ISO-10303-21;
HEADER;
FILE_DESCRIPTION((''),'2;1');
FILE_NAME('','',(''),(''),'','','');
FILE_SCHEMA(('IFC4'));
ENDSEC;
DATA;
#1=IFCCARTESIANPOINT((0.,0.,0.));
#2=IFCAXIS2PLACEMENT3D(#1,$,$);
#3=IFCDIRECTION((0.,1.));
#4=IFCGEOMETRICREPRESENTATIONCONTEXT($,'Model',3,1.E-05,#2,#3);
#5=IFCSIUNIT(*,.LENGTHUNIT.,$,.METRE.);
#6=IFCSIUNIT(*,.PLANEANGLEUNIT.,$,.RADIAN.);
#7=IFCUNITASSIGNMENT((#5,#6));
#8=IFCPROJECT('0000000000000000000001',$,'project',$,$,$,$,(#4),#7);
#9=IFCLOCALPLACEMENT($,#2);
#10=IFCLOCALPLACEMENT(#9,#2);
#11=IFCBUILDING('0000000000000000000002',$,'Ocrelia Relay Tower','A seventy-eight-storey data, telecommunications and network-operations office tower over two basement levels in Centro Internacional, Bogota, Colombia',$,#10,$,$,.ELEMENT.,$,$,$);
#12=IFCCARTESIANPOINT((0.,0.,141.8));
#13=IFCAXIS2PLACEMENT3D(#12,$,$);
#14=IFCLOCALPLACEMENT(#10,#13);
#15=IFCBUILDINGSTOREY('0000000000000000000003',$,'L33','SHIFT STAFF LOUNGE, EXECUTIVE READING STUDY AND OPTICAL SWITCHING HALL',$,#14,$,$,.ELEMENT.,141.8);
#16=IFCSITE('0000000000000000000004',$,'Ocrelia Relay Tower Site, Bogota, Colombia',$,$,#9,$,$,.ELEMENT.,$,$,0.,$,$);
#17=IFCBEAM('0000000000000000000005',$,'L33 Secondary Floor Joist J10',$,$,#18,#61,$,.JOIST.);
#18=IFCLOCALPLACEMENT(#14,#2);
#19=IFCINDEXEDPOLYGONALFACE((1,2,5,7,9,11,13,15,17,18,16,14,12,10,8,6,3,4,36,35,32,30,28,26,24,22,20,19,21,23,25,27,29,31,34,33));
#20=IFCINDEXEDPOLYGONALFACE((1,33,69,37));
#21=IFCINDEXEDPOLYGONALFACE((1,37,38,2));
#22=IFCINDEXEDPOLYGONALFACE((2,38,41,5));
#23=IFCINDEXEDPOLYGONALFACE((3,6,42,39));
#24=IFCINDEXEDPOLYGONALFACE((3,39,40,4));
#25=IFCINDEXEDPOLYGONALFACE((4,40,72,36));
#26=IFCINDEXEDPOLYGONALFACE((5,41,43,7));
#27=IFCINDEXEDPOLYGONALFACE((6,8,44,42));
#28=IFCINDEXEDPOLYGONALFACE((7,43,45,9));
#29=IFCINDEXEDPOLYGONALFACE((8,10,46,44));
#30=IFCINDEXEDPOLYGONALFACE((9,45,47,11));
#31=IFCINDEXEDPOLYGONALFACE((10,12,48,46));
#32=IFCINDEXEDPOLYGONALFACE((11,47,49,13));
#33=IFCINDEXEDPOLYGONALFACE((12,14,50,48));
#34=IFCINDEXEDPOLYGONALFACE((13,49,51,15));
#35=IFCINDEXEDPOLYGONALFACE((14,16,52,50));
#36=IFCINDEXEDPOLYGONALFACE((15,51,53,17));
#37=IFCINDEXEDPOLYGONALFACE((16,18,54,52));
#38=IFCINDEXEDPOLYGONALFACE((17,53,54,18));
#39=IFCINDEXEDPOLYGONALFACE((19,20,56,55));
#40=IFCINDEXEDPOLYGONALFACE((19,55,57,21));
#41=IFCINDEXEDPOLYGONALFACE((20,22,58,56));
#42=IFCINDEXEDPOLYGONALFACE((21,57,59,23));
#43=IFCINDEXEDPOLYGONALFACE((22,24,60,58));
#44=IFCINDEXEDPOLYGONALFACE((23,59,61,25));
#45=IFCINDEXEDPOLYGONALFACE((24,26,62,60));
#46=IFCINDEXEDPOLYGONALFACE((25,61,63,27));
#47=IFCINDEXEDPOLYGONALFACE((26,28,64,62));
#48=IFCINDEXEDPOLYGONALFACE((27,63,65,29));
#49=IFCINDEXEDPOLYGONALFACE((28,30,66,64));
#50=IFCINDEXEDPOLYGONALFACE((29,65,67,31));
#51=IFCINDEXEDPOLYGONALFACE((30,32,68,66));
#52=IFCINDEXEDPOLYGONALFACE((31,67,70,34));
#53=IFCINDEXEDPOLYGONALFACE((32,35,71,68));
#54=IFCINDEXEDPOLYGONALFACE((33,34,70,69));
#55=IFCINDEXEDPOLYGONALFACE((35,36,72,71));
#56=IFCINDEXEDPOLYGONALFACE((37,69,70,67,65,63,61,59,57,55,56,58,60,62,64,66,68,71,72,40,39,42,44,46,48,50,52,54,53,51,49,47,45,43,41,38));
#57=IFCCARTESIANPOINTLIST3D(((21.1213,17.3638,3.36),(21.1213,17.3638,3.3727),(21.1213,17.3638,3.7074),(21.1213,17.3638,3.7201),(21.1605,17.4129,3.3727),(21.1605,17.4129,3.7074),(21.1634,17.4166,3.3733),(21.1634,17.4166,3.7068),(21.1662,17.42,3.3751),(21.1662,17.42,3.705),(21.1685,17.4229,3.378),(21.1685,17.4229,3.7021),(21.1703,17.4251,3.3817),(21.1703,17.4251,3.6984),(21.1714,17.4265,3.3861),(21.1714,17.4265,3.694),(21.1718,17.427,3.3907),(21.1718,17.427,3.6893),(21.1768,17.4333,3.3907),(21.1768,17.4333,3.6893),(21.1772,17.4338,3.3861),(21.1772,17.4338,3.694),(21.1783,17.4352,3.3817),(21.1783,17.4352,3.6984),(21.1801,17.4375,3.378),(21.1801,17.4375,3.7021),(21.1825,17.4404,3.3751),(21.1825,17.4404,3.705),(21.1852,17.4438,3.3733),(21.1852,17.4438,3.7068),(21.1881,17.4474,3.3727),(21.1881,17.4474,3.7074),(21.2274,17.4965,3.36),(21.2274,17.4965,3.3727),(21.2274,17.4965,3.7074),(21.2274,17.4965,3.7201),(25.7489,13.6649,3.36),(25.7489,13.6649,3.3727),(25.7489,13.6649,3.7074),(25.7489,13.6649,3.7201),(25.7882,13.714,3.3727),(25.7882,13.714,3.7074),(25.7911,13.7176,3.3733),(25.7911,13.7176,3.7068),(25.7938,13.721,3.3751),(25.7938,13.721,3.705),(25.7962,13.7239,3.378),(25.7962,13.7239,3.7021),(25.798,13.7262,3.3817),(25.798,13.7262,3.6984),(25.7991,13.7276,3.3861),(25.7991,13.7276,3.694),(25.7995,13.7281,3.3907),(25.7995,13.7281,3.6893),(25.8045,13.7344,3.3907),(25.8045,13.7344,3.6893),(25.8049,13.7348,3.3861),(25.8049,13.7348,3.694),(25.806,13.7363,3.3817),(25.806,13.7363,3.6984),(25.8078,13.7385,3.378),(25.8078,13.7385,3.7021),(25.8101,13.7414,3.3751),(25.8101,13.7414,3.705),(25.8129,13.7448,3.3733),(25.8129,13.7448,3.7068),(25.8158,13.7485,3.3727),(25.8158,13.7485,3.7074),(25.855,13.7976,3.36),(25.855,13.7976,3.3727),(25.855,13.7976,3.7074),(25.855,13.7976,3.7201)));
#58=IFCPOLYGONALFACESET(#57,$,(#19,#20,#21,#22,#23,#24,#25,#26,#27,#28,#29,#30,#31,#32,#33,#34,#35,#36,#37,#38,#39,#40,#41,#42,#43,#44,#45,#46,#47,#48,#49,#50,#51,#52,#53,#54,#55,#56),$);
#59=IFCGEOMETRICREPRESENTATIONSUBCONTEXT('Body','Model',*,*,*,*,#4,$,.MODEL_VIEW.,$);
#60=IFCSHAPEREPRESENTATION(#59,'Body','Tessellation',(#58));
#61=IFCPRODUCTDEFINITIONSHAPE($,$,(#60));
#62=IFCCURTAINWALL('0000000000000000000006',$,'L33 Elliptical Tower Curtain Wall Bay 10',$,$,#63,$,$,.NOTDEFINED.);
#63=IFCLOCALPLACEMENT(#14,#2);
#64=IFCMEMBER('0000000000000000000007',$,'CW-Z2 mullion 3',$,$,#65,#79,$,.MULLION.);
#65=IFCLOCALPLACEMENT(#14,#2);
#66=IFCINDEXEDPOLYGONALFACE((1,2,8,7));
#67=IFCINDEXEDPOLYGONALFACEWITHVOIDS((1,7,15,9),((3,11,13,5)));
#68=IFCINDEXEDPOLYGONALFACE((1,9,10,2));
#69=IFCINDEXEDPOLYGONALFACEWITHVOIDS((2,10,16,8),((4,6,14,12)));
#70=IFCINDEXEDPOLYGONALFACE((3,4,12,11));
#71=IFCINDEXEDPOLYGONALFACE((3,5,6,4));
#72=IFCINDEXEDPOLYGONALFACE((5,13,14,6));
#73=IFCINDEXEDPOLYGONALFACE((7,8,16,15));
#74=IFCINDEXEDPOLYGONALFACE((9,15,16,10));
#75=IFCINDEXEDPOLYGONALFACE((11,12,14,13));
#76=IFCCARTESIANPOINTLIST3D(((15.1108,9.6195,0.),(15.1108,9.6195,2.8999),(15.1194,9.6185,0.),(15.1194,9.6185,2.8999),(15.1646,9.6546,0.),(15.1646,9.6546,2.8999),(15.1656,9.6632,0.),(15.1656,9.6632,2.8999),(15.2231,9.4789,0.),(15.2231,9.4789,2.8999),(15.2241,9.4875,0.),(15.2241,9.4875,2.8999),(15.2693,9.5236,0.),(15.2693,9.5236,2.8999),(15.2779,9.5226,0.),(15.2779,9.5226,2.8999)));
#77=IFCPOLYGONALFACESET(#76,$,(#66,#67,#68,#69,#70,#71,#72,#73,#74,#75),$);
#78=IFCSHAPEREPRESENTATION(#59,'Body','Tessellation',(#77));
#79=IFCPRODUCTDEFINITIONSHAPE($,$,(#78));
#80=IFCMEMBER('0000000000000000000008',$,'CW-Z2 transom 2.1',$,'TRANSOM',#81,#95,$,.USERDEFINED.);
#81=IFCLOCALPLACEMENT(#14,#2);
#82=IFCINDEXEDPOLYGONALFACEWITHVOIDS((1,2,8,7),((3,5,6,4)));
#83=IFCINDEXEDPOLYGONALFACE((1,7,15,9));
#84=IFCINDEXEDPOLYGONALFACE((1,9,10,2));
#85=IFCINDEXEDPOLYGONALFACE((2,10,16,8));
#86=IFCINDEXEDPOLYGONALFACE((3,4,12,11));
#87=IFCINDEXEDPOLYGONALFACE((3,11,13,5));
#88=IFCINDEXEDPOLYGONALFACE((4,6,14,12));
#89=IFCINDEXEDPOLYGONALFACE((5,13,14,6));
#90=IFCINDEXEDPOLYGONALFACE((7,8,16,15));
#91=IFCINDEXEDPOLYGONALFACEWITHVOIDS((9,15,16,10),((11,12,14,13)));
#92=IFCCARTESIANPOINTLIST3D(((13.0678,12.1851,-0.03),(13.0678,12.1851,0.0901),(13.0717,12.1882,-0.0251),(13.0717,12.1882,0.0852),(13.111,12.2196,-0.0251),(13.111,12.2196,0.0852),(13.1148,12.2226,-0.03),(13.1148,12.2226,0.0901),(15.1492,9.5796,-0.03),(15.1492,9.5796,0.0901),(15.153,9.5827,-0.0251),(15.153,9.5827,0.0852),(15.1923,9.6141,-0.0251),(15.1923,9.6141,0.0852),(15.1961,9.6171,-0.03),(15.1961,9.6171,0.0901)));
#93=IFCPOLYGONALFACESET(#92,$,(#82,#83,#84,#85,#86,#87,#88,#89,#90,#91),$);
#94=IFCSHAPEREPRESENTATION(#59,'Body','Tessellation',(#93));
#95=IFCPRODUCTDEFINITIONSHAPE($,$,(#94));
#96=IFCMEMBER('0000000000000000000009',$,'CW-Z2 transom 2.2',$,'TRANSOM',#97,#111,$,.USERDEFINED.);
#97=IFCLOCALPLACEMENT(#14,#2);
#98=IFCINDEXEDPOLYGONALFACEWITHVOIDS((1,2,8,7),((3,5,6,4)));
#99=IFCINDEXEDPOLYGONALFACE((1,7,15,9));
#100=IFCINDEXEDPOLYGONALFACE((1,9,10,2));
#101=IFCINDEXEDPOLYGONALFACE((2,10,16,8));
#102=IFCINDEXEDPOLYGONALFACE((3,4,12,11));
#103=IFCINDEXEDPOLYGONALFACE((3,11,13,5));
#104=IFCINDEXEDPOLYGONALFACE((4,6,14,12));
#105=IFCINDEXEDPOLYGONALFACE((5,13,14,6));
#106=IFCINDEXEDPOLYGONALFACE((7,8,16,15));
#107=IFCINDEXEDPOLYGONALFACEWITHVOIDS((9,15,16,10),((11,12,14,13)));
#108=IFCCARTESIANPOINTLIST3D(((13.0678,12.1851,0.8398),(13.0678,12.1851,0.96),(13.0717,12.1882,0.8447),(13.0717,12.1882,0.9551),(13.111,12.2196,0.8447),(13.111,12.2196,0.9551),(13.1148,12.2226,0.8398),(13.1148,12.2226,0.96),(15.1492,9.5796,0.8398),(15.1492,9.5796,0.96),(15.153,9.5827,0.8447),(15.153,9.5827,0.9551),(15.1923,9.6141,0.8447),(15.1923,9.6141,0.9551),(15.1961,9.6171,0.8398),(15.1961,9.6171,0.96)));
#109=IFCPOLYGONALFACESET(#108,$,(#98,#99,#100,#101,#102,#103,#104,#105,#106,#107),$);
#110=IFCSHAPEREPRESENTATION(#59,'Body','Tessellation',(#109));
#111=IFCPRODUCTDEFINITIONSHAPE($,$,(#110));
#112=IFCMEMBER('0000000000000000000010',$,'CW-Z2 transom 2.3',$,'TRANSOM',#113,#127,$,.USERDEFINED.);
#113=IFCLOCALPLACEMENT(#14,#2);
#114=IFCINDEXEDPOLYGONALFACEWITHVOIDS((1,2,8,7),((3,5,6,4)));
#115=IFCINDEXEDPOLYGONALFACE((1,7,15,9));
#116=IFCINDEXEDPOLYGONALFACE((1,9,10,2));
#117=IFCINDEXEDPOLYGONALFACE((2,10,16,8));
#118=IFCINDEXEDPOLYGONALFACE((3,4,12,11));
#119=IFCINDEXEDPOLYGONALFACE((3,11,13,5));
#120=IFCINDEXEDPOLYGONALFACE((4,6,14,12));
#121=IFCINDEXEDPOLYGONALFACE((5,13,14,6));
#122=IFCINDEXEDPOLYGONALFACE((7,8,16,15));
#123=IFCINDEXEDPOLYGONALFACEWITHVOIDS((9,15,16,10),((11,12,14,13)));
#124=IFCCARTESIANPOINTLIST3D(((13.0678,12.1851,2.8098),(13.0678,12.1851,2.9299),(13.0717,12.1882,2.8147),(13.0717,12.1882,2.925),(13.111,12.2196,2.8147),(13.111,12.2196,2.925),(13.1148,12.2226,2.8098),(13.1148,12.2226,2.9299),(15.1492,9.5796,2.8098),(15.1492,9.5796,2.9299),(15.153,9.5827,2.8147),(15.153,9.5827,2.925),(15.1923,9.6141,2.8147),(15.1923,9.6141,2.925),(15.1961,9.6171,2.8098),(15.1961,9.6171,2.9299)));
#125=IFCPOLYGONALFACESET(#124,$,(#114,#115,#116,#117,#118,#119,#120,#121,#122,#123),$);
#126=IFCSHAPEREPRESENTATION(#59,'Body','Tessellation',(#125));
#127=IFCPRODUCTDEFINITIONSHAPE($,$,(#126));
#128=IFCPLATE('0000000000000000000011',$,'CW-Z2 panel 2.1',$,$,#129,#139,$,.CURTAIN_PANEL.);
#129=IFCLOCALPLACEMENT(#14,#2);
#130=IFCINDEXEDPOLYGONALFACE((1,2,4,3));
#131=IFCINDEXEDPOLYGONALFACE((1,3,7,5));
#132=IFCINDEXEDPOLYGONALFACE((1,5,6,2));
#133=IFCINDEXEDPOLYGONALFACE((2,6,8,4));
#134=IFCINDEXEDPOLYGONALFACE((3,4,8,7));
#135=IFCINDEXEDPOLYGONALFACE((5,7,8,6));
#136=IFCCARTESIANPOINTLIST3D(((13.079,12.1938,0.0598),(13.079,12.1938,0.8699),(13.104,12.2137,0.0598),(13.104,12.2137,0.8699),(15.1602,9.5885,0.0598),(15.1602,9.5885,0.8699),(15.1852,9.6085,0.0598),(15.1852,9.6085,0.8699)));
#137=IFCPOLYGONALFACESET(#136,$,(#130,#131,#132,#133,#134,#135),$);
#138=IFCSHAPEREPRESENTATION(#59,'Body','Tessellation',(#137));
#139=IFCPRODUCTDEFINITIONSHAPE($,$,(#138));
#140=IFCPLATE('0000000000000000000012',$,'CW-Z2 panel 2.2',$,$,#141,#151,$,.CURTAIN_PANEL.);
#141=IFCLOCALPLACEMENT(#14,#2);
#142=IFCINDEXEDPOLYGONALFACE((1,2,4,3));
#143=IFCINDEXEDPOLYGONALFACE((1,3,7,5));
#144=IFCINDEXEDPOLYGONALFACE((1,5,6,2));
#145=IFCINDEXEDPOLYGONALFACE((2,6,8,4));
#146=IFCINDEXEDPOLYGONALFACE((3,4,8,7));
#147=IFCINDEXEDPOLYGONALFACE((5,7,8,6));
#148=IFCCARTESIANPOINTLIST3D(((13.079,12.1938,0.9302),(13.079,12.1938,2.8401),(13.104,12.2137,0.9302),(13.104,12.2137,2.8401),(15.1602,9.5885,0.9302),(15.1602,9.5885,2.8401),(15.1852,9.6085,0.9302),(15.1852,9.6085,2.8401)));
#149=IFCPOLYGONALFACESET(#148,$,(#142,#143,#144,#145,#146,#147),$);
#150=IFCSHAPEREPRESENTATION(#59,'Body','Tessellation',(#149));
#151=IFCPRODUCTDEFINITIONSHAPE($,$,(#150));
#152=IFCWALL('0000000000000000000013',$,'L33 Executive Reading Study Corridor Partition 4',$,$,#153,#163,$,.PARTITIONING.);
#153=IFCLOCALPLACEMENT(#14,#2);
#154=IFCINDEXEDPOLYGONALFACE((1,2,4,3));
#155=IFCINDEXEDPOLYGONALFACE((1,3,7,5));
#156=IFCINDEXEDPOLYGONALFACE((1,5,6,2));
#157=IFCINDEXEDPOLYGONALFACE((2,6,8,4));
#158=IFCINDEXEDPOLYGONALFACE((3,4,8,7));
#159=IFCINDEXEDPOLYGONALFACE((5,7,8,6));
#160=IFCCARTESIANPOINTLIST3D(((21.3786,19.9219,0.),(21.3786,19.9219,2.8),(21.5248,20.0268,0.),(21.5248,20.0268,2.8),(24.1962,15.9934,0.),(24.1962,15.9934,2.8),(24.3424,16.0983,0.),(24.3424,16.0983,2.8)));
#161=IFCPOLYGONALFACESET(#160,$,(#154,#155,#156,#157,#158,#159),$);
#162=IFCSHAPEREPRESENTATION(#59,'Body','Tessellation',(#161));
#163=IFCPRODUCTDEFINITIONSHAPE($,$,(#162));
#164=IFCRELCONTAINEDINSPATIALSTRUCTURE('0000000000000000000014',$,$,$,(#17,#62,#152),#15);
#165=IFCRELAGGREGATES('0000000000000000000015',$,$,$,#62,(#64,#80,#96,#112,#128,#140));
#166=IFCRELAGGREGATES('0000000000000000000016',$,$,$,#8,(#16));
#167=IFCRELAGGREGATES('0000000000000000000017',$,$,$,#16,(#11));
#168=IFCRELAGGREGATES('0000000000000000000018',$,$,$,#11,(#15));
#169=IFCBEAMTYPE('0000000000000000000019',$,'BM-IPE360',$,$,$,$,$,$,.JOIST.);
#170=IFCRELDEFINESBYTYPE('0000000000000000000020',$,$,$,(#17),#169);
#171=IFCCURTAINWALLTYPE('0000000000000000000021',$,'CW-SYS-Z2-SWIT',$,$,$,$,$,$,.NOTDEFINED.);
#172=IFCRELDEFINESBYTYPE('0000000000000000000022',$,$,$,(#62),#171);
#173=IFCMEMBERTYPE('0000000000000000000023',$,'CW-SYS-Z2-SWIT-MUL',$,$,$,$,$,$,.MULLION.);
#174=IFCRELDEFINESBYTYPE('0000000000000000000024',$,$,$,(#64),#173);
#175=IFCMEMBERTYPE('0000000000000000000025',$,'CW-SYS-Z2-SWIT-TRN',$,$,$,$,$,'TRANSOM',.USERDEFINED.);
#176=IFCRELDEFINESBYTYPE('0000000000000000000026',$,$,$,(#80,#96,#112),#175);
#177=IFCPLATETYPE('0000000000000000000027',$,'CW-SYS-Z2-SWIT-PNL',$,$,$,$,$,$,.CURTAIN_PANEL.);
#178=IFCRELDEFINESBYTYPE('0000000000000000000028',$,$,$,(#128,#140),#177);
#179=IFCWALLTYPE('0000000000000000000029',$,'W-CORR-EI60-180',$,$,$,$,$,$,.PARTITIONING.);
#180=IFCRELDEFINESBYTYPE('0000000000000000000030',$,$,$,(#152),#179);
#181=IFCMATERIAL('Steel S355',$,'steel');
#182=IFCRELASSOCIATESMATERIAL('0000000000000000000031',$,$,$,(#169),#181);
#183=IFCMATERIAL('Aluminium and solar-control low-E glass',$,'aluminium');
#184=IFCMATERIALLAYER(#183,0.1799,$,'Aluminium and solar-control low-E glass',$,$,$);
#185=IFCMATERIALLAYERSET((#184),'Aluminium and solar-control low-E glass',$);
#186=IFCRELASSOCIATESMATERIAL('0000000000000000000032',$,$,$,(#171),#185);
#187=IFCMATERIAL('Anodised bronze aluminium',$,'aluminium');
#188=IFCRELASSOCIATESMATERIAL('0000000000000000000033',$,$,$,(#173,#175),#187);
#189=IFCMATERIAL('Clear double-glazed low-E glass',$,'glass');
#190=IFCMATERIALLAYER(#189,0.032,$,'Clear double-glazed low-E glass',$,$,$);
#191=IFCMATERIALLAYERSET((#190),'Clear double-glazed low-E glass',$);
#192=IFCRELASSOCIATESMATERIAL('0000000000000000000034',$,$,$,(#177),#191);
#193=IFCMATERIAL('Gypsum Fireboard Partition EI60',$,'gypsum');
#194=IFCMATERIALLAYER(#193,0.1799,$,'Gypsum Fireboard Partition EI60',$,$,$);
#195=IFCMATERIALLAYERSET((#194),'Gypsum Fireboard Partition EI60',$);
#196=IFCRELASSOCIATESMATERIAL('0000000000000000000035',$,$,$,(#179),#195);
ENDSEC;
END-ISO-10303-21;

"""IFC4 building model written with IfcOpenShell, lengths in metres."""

from ifc_helpers import new_model, si_unit, direction, frame, frame_2d, origin, origin_2d, place, context, subcontext, project, spatial, rectangle, hollow_rectangle, i_section, extrude, material, layer, layer_set, material_profile, profile_set, type_object, element, aggregate, save


model = new_model("IFC4")

# Units and contexts
model_context = context("Model", 3, precision=1e-05, world=origin(), true_north=direction((0.0, 1.0)))
body_context = subcontext(model_context, "Body", "Model", "MODEL_VIEW")
ifc_project = project(units=[si_unit("LENGTHUNIT", "METRE"), si_unit("PLANEANGLEUNIT", "RADIAN")], contexts=[model_context])

# Site, building, storey
site_placement = place(None, origin())
site = spatial("IfcSite", under=ifc_project, at=site_placement, Name="Ocrelia Relay Tower Site, Bogota, Colombia", CompositionType="ELEMENT", RefElevation=0.0)
building_placement = place(site_placement, origin())
building = spatial("IfcBuilding", under=site, at=building_placement, Name="Ocrelia Relay Tower", Description="A seventy-eight-storey data, telecommunications and network-operations office tower over two basement levels in Centro Internacional, Bogota, Colombia", CompositionType="ELEMENT")
storey_placement = place(building_placement, frame((0.0, 0.0, 141.8)))
storey = spatial("IfcBuildingStorey", under=building, at=storey_placement, Name="L33", Description="SHIFT STAFF LOUNGE, EXECUTIVE READING STUDY AND OPTICAL SWITCHING HALL", CompositionType="ELEMENT", Elevation=141.8)

# Beam
ifc_material_1 = material(Name="Steel S355", Category="steel")
ifc_material_profile_1 = material_profile(ifc_material_1, i_section(OverallWidth=0.1699, OverallDepth=0.3601, WebThickness=0.0081, FlangeThickness=0.0127, FilletRadius=0.0181, at=origin_2d()), Name="IPE 360")
ifc_profile_set_1 = profile_set([ifc_material_profile_1], Name="Steel S355")
beam_type_1 = type_object("IfcBeamType", Name="BM-IPE360", PredefinedType="JOIST", material=ifc_profile_set_1)
beam_1_placement = place(storey_placement, frame((21.1743, 17.4302, 3.54), z_axis=(0.78113, -0.624368, 0.0), x_axis=(0.624368, 0.78113, 0.0)))
element("IfcBeam", 1, at=beam_1_placement, inside=storey, type_object=beam_type_1, Name="L33 Secondary Floor Joist J10", PredefinedType="JOIST", context=body_context, shape_type="SweptSolid", body=[
    extrude(i_section(OverallWidth=0.1699, OverallDepth=0.3601, WebThickness=0.0081, FlangeThickness=0.0127, FilletRadius=0.0181, at=origin_2d()), origin(), (0.0, 0.0, 1.0), 5.9243),
])

# Curtain wall, members, plates
ifc_material_2 = material(Name="Aluminium and solar-control low-E glass", Category="aluminium")
ifc_layer_1 = layer(ifc_material_2, 0.1799, Name="Aluminium and solar-control low-E glass")
ifc_layer_set_1 = layer_set([ifc_layer_1], Name="Aluminium and solar-control low-E glass")
curtain_wall_type = type_object("IfcCurtainWallType", Name="CW-SYS-Z2-SWIT", PredefinedType="NOTDEFINED", material=ifc_layer_set_1)
curtain_wall_placement = place(storey_placement, origin())
curtain_wall = element("IfcCurtainWall", 2, at=curtain_wall_placement, inside=storey, type_object=curtain_wall_type, Name="L33 Elliptical Tower Curtain Wall Bay 10", PredefinedType="NOTDEFINED")
ifc_material_3 = material(Name="Anodised bronze aluminium", Category="aluminium")
ifc_material_profile_2 = material_profile(ifc_material_3, hollow_rectangle(XDim=0.0701, YDim=0.1799, WallThickness=0.0061, at=origin_2d()), Name="CW-MUL-180x70")
ifc_profile_set_2 = profile_set([ifc_material_profile_2], Name="Anodised bronze aluminium")
member_type_1 = type_object("IfcMemberType", Name="CW-SYS-Z2-SWIT-MUL", PredefinedType="MULLION", material=ifc_profile_set_2)
member_1_placement = place(storey_placement, frame((15.1943, 9.571, 0.0), z_axis=(0.0, 0.0, 1.0), x_axis=(0.781305, 0.624149, 0.0)))
member_1 = element("IfcMember", 3, at=member_1_placement, type_object=member_type_1, Name="CW-Z2 mullion 3", PredefinedType="MULLION", context=body_context, shape_type="SweptSolid", body=[
    extrude(hollow_rectangle(XDim=0.0701, YDim=0.1799, WallThickness=0.0061, at=origin_2d()), origin(), (0.0, 0.0, 1.0), 2.8999),
])
ifc_material_profile_3 = material_profile(ifc_material_3, hollow_rectangle(XDim=0.0601, YDim=0.1201, WallThickness=0.0049, at=origin_2d()), Name="CW-TRN-120x60")
ifc_profile_set_3 = profile_set([ifc_material_profile_3], Name="Anodised bronze aluminium")
member_type_2 = type_object("IfcMemberType", Name="CW-SYS-Z2-SWIT-TRN", ElementType="TRANSOM", PredefinedType="USERDEFINED", material=ifc_profile_set_3)
member_2_placement = place(storey_placement, frame((13.0913, 12.2039, 0.03), z_axis=(0.624132, -0.781319, 0.0), x_axis=(0.781319, 0.624132, 0.0)))
member_2 = element("IfcMember", 4, at=member_2_placement, type_object=member_type_2, Name="CW-Z2 transom 2.1", ObjectType="TRANSOM", PredefinedType="USERDEFINED", context=body_context, shape_type="SweptSolid", body=[
    extrude(hollow_rectangle(XDim=0.0601, YDim=0.1201, WallThickness=0.0049, at=origin_2d()), origin(), (0.0, 0.0, 1.0), 3.3347),
])
member_3_placement = place(storey_placement, frame((13.0913, 12.2039, 0.8999), z_axis=(0.624132, -0.781319, 0.0), x_axis=(0.781319, 0.624132, 0.0)))
member_3 = element("IfcMember", 5, at=member_3_placement, type_object=member_type_2, Name="CW-Z2 transom 2.2", ObjectType="TRANSOM", PredefinedType="USERDEFINED", context=body_context, shape_type="SweptSolid", body=[
    extrude(hollow_rectangle(XDim=0.0601, YDim=0.1201, WallThickness=0.0049, at=origin_2d()), origin(), (0.0, 0.0, 1.0), 3.3347),
])
member_4_placement = place(storey_placement, frame((13.0913, 12.2039, 2.8699), z_axis=(0.624132, -0.781319, 0.0), x_axis=(0.781319, 0.624132, 0.0)))
member_4 = element("IfcMember", 6, at=member_4_placement, type_object=member_type_2, Name="CW-Z2 transom 2.3", ObjectType="TRANSOM", PredefinedType="USERDEFINED", context=body_context, shape_type="SweptSolid", body=[
    extrude(hollow_rectangle(XDim=0.0601, YDim=0.1201, WallThickness=0.0049, at=origin_2d()), origin(), (0.0, 0.0, 1.0), 3.3347),
])
ifc_material_4 = material(Name="Clear double-glazed low-E glass", Category="glass")
ifc_layer_2 = layer(ifc_material_4, 0.032, Name="Clear double-glazed low-E glass")
ifc_layer_set_2 = layer_set([ifc_layer_2], Name="Clear double-glazed low-E glass")
plate_type = type_object("IfcPlateType", Name="CW-SYS-Z2-SWIT-PNL", PredefinedType="CURTAIN_PANEL", material=ifc_layer_set_2)
plate_1_placement = place(storey_placement, frame((14.1321, 10.9011, 0.0598), z_axis=(0.0, 0.0, 1.0), x_axis=(0.624149, -0.781305, 0.0)))
plate_1 = element("IfcPlate", 7, at=plate_1_placement, type_object=plate_type, Name="CW-Z2 panel 2.1", PredefinedType="CURTAIN_PANEL", context=body_context, shape_type="SweptSolid", body=[
    extrude(rectangle(XDim=3.3345, YDim=0.032, at=origin_2d()), origin(), (0.0, 0.0, 1.0), 0.8101),
])
plate_2_placement = place(storey_placement, frame((14.1321, 10.9011, 0.9302), z_axis=(0.0, 0.0, 1.0), x_axis=(0.624149, -0.781305, 0.0)))
plate_2 = element("IfcPlate", 8, at=plate_2_placement, type_object=plate_type, Name="CW-Z2 panel 2.2", PredefinedType="CURTAIN_PANEL", context=body_context, shape_type="SweptSolid", body=[
    extrude(rectangle(XDim=3.3345, YDim=0.032, at=origin_2d()), origin(), (0.0, 0.0, 1.0), 1.9099),
])
aggregate(curtain_wall, [member_1, member_2, member_3, member_4, plate_1, plate_2])

# Wall
ifc_material_5 = material(Name="Gypsum Fireboard Partition EI60", Category="gypsum")
ifc_layer_3 = layer(ifc_material_5, 0.1799, Name="Gypsum Fireboard Partition EI60")
ifc_layer_set_3 = layer_set([ifc_layer_3], Name="Gypsum Fireboard Partition EI60")
wall_type_1 = type_object("IfcWallType", Name="W-CORR-EI60-180", PredefinedType="PARTITIONING", material=ifc_layer_set_3)
wall_1_placement = place(storey_placement, frame((21.4517, 19.9744, 0.0), z_axis=(0.0, 0.0, 1.0), x_axis=(0.582823, -0.812599, 0.0)))
element("IfcWall", 9, at=wall_1_placement, inside=storey, type_object=wall_type_1, Name="L33 Executive Reading Study Corridor Partition 4", PredefinedType="PARTITIONING", context=body_context, shape_type="SweptSolid", body=[
    extrude(rectangle(XDim=4.8345, YDim=0.1799, at=frame_2d((2.4172, 0.0))), origin(), (0.0, 0.0, 1.0), 2.8),
])

save(model, "model.ifc")
